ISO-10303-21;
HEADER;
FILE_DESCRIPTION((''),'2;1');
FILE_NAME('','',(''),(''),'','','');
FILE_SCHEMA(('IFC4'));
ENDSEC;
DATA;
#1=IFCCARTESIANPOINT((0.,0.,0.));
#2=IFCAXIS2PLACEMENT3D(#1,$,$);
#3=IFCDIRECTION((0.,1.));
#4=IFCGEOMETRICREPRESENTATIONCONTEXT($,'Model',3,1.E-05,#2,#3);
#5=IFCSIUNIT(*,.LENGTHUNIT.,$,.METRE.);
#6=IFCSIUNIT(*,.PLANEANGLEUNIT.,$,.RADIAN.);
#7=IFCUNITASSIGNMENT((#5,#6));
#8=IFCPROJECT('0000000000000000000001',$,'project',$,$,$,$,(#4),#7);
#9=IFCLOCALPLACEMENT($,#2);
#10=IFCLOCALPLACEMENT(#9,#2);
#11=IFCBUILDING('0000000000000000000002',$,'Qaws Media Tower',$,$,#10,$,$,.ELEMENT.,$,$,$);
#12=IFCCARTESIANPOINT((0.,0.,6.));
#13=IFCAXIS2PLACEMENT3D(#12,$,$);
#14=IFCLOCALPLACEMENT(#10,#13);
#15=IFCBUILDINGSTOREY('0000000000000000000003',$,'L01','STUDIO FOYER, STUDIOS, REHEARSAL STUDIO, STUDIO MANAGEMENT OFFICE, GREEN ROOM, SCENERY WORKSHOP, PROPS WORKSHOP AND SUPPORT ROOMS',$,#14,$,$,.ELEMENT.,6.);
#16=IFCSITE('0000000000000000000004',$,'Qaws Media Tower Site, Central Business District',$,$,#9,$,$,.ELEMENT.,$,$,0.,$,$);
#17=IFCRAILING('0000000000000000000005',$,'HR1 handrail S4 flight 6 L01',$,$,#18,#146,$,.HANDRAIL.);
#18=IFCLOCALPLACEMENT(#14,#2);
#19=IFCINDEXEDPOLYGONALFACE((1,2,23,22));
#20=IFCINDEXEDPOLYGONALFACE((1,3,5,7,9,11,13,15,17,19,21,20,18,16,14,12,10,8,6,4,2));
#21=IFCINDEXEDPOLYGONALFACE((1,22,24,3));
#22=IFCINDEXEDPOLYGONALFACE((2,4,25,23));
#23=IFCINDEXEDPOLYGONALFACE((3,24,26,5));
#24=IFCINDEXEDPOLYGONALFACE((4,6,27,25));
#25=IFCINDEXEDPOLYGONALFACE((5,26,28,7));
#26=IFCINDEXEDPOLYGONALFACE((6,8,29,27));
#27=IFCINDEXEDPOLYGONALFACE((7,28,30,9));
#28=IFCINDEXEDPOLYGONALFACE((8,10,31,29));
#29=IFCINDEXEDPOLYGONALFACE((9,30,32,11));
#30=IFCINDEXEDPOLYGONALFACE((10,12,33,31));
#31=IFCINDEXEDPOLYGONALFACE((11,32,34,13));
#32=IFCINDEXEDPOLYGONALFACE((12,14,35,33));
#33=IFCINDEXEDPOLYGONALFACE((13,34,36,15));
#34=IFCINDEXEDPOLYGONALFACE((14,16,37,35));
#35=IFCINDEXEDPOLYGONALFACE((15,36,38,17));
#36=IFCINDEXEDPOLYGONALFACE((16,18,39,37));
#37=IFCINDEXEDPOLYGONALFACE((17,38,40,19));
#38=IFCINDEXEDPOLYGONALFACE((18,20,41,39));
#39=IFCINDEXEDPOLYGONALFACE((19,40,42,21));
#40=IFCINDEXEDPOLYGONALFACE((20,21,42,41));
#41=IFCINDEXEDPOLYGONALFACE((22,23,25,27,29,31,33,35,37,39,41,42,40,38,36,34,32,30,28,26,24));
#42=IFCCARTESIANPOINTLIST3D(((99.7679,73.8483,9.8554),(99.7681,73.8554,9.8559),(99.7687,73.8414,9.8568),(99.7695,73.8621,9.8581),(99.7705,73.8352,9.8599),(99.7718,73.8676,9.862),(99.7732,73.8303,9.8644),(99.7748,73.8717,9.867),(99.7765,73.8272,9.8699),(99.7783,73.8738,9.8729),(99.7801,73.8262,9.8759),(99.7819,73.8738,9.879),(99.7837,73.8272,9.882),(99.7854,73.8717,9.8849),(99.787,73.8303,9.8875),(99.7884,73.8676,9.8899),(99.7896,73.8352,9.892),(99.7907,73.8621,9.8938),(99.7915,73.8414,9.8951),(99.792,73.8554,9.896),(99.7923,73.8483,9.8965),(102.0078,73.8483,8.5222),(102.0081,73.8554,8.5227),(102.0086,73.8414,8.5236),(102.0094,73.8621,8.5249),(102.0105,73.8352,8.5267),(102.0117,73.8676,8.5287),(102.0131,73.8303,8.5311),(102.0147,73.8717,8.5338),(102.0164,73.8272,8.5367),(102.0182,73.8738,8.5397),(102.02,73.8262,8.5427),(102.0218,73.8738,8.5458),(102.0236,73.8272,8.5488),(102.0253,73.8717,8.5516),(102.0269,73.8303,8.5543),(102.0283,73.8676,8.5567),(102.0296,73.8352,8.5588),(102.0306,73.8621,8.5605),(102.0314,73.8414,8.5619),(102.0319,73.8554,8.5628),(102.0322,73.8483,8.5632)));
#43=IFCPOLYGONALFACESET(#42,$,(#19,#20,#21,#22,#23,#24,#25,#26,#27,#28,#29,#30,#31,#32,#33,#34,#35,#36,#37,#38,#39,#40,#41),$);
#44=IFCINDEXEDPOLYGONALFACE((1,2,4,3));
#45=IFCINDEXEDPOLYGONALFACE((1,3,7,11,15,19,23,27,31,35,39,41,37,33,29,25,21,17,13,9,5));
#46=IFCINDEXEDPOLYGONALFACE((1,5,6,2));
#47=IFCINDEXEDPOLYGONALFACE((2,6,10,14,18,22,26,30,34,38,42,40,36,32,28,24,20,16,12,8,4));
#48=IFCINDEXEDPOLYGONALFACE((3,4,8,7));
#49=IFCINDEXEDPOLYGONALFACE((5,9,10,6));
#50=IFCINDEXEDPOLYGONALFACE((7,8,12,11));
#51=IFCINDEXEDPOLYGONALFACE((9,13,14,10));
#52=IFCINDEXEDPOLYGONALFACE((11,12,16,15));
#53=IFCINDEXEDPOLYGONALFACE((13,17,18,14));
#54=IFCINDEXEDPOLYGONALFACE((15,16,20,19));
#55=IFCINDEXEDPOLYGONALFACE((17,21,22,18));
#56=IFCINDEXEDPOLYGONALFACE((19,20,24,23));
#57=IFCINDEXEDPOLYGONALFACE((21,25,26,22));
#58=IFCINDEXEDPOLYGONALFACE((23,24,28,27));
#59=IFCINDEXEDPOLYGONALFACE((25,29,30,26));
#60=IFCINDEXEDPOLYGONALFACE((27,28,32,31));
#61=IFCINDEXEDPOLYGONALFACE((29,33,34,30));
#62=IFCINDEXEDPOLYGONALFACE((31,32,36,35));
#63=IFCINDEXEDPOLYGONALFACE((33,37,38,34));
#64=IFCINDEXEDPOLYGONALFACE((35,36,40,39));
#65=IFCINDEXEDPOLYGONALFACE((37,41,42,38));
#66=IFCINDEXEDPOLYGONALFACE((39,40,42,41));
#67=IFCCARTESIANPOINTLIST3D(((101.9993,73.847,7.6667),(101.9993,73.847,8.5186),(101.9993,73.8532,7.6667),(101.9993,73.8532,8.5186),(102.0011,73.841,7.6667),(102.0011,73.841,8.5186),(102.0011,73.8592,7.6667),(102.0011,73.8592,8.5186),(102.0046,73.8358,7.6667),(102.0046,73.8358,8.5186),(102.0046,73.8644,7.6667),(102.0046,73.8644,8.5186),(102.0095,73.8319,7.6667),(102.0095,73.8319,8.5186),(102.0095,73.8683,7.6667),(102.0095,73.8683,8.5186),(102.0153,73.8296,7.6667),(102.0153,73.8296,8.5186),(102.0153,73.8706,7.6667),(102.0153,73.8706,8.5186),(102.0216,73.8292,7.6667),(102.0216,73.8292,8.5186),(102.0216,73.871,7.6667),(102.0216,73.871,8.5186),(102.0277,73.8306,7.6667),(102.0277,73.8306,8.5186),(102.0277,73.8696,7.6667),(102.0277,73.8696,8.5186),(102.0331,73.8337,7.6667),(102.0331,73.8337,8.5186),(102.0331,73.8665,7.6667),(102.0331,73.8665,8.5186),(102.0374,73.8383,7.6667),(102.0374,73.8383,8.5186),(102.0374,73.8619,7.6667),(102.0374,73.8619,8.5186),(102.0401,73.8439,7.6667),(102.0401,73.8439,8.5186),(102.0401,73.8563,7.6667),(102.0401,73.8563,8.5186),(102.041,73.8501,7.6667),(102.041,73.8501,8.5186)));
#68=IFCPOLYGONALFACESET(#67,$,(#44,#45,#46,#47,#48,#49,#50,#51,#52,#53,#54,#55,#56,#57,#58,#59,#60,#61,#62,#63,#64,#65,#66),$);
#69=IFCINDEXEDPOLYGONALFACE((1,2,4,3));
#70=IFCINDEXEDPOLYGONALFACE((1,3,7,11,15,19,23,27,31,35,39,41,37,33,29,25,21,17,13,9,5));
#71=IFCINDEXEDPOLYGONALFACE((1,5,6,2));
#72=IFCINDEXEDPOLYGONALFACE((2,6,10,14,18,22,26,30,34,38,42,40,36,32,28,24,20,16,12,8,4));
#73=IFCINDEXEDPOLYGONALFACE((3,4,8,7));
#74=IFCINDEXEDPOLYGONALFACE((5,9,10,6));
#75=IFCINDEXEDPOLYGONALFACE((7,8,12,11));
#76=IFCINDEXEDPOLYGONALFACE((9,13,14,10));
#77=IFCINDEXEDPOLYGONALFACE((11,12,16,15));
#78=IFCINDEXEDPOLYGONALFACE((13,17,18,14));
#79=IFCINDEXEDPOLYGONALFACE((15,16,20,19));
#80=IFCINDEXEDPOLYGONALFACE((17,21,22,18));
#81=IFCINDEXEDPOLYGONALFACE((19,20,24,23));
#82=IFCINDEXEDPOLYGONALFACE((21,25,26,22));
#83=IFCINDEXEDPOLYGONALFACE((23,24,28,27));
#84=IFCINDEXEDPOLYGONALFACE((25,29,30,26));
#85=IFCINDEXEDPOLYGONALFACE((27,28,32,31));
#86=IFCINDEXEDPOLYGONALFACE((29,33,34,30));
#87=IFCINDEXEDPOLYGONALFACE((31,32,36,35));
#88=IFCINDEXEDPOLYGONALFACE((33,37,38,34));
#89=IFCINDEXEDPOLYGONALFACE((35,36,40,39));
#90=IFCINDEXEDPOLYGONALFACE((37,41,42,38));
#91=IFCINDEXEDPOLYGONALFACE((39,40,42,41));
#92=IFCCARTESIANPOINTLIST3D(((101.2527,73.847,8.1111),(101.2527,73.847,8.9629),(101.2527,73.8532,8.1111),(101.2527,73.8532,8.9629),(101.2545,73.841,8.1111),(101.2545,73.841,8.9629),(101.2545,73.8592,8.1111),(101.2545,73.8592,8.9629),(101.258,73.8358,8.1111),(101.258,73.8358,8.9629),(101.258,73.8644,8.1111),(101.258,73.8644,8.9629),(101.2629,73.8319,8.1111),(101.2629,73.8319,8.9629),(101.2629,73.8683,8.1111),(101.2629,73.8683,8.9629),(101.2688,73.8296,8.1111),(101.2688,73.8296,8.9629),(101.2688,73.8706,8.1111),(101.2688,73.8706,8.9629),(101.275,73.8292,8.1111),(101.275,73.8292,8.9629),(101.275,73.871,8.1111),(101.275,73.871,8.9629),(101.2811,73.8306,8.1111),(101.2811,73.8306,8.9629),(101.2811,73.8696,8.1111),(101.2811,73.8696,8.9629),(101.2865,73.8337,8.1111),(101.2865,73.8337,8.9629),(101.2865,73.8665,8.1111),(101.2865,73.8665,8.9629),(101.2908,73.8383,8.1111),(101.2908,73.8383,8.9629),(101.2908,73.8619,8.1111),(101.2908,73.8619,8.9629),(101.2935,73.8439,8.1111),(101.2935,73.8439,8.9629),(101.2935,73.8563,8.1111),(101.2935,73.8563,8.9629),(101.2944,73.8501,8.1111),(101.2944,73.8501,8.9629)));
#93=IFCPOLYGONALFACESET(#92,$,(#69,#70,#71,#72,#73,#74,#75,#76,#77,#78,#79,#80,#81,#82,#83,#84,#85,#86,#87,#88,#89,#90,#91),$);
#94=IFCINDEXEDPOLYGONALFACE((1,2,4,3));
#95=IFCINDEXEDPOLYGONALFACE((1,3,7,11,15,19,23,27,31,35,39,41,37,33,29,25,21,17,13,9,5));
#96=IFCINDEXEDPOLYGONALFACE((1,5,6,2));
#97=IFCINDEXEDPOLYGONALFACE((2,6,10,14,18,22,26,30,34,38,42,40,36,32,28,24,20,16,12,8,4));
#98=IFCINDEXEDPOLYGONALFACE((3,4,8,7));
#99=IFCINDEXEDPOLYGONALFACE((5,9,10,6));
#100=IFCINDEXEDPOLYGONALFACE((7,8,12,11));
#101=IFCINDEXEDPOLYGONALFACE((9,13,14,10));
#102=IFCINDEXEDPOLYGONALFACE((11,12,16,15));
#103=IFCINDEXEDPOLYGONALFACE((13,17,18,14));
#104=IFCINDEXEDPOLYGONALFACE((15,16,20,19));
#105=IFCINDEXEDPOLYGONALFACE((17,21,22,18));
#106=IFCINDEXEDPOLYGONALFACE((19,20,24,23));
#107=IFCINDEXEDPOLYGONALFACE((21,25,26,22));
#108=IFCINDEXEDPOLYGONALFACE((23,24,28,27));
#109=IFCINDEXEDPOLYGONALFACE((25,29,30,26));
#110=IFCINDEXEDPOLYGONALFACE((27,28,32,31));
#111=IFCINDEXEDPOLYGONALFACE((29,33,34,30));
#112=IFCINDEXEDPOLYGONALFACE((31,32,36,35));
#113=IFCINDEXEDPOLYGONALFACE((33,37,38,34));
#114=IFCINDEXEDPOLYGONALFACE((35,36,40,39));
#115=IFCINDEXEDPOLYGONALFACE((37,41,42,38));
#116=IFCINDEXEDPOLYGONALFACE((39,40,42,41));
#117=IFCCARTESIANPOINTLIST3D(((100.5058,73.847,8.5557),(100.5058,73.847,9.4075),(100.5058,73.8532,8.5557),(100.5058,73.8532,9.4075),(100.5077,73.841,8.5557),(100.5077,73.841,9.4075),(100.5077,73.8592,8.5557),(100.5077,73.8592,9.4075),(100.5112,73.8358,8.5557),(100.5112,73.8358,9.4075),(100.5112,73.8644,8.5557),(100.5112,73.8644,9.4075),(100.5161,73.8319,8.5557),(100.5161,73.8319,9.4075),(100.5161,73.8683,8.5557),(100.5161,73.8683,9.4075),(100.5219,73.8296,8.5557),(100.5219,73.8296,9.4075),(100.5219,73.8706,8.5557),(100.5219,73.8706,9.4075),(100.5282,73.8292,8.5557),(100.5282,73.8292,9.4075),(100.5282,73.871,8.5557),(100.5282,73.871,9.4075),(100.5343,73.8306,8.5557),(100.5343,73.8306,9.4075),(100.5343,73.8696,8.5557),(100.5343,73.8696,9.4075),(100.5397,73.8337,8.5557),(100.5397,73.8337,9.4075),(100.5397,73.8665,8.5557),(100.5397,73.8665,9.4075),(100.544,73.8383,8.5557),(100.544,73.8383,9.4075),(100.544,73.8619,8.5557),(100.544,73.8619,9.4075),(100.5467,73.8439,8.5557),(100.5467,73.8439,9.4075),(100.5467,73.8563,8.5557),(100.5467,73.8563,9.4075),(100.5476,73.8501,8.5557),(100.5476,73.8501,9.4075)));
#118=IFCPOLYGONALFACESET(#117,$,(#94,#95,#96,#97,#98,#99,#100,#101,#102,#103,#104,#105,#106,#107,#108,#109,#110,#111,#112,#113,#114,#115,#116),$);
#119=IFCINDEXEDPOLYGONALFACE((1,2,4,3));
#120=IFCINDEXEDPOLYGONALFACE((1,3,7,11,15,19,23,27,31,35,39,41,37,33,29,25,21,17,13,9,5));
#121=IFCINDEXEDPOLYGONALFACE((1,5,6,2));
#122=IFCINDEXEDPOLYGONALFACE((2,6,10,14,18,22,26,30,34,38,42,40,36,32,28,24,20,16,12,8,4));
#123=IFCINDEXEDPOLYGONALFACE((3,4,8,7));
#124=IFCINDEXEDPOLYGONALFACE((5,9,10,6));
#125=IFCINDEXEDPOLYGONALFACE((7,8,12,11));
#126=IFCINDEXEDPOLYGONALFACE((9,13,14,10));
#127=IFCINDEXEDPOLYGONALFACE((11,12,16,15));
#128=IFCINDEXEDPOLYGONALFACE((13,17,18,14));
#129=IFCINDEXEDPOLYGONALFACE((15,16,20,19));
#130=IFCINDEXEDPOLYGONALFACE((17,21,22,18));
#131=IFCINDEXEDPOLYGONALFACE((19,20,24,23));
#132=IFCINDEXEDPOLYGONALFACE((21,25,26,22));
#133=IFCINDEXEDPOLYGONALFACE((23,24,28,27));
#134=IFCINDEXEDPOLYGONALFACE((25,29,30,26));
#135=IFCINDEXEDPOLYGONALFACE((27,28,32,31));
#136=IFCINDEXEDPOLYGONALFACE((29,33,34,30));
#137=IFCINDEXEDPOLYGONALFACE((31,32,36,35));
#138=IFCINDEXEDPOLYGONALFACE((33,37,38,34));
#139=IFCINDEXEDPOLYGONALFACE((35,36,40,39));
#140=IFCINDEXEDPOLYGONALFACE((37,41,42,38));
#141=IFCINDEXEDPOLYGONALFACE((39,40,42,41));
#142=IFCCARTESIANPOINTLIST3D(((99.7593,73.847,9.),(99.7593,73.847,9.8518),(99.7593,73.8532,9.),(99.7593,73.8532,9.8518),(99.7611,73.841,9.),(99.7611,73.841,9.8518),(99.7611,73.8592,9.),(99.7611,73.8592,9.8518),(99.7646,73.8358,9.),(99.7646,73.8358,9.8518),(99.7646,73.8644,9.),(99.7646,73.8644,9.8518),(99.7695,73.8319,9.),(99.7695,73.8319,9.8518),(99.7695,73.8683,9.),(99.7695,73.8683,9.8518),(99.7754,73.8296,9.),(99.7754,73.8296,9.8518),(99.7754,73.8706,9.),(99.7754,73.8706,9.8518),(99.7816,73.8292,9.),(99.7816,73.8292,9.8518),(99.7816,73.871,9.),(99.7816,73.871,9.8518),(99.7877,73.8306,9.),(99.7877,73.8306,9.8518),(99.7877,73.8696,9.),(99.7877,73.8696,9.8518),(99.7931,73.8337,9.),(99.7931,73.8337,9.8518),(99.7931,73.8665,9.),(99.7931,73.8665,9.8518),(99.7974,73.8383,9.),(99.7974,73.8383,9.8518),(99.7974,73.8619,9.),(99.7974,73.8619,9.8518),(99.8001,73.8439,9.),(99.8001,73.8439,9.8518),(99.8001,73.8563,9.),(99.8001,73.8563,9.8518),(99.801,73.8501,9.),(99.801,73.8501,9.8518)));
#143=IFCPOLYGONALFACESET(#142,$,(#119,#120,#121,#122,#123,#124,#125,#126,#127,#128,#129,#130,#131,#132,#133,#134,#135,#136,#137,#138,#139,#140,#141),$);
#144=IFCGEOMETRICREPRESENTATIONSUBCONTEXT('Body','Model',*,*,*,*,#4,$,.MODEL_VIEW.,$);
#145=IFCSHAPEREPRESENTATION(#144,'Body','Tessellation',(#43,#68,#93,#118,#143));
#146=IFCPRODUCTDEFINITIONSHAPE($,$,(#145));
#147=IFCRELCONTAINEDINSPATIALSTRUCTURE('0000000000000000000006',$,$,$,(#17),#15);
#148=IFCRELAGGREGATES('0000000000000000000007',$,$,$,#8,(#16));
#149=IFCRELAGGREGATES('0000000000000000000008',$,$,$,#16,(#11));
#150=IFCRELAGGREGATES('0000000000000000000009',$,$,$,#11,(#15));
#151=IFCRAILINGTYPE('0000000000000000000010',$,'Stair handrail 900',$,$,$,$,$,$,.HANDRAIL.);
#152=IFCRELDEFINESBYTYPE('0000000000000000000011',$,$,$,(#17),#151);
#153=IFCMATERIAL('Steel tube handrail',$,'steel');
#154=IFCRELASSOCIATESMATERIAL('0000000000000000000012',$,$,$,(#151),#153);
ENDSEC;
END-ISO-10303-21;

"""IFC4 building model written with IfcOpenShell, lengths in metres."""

from ifc_helpers import new_model, si_unit, direction, frame, origin, origin_2d, place, context, subcontext, project, spatial, circle, extrude, material, type_object, element, save


model = new_model("IFC4")

# Units and contexts
model_context = context("Model", 3, precision=1e-05, world=origin(), true_north=direction((0.0, 1.0)))
body_context = subcontext(model_context, "Body", "Model", "MODEL_VIEW")
ifc_project = project(units=[si_unit("LENGTHUNIT", "METRE"), si_unit("PLANEANGLEUNIT", "RADIAN")], contexts=[model_context])

# Site, building, storey
site_placement = place(None, origin())
site = spatial("IfcSite", under=ifc_project, at=site_placement, Name="Qaws Media Tower Site, Central Business District", CompositionType="ELEMENT", RefElevation=0.0)
building_placement = place(site_placement, origin())
building = spatial("IfcBuilding", under=site, at=building_placement, Name="Qaws Media Tower", CompositionType="ELEMENT")
storey_placement = place(building_placement, frame((0.0, 0.0, 6.0)))
storey = spatial("IfcBuildingStorey", under=building, at=storey_placement, Name="L01", Description="STUDIO FOYER, STUDIOS, REHEARSAL STUDIO, STUDIO MANAGEMENT OFFICE, GREEN ROOM, SCENERY WORKSHOP, PROPS WORKSHOP AND SUPPORT ROOMS", CompositionType="ELEMENT", Elevation=6.0)

# Railing
ifc_material_1 = material(Name="Steel tube handrail", Category="steel")
railing_type = type_object("IfcRailingType", Name="Stair handrail 900", PredefinedType="HANDRAIL", material=ifc_material_1)
for number, where, name in (
    (1, (102.02, 73.8501, 7.6667), "HR1 handrail S4 flight 6 L01"),
):
    element("IfcRailing", number, at=place(storey_placement, frame(where)), inside=storey, type_object=railing_type, Name=name, PredefinedType="HANDRAIL", context=body_context, shape_type="SweptSolid", body=[
        extrude(circle(Radius=0.0239, at=origin_2d()), frame((0.0, 0.0, 0.876), z_axis=(-0.859306, 0.0, 0.511462), x_axis=(0.0, -1.0, 0.0)), (0.0, 0.0, 1.0), 2.6067),
        extrude(circle(Radius=0.021, at=origin_2d()), origin(), (0.0, 0.0, 1.0), 0.8518),
        extrude(circle(Radius=0.021, at=origin_2d()), frame((-0.7466, 0.0, 0.4443)), (0.0, 0.0, 1.0), 0.8518),
        extrude(circle(Radius=0.021, at=origin_2d()), frame((-1.4934, 0.0, 0.8889)), (0.0, 0.0, 1.0), 0.8518),
        extrude(circle(Radius=0.021, at=origin_2d()), frame((-2.24, 0.0, 1.3333)), (0.0, 0.0, 1.0), 0.8518),
    ])

save(model, "model.ifc")
